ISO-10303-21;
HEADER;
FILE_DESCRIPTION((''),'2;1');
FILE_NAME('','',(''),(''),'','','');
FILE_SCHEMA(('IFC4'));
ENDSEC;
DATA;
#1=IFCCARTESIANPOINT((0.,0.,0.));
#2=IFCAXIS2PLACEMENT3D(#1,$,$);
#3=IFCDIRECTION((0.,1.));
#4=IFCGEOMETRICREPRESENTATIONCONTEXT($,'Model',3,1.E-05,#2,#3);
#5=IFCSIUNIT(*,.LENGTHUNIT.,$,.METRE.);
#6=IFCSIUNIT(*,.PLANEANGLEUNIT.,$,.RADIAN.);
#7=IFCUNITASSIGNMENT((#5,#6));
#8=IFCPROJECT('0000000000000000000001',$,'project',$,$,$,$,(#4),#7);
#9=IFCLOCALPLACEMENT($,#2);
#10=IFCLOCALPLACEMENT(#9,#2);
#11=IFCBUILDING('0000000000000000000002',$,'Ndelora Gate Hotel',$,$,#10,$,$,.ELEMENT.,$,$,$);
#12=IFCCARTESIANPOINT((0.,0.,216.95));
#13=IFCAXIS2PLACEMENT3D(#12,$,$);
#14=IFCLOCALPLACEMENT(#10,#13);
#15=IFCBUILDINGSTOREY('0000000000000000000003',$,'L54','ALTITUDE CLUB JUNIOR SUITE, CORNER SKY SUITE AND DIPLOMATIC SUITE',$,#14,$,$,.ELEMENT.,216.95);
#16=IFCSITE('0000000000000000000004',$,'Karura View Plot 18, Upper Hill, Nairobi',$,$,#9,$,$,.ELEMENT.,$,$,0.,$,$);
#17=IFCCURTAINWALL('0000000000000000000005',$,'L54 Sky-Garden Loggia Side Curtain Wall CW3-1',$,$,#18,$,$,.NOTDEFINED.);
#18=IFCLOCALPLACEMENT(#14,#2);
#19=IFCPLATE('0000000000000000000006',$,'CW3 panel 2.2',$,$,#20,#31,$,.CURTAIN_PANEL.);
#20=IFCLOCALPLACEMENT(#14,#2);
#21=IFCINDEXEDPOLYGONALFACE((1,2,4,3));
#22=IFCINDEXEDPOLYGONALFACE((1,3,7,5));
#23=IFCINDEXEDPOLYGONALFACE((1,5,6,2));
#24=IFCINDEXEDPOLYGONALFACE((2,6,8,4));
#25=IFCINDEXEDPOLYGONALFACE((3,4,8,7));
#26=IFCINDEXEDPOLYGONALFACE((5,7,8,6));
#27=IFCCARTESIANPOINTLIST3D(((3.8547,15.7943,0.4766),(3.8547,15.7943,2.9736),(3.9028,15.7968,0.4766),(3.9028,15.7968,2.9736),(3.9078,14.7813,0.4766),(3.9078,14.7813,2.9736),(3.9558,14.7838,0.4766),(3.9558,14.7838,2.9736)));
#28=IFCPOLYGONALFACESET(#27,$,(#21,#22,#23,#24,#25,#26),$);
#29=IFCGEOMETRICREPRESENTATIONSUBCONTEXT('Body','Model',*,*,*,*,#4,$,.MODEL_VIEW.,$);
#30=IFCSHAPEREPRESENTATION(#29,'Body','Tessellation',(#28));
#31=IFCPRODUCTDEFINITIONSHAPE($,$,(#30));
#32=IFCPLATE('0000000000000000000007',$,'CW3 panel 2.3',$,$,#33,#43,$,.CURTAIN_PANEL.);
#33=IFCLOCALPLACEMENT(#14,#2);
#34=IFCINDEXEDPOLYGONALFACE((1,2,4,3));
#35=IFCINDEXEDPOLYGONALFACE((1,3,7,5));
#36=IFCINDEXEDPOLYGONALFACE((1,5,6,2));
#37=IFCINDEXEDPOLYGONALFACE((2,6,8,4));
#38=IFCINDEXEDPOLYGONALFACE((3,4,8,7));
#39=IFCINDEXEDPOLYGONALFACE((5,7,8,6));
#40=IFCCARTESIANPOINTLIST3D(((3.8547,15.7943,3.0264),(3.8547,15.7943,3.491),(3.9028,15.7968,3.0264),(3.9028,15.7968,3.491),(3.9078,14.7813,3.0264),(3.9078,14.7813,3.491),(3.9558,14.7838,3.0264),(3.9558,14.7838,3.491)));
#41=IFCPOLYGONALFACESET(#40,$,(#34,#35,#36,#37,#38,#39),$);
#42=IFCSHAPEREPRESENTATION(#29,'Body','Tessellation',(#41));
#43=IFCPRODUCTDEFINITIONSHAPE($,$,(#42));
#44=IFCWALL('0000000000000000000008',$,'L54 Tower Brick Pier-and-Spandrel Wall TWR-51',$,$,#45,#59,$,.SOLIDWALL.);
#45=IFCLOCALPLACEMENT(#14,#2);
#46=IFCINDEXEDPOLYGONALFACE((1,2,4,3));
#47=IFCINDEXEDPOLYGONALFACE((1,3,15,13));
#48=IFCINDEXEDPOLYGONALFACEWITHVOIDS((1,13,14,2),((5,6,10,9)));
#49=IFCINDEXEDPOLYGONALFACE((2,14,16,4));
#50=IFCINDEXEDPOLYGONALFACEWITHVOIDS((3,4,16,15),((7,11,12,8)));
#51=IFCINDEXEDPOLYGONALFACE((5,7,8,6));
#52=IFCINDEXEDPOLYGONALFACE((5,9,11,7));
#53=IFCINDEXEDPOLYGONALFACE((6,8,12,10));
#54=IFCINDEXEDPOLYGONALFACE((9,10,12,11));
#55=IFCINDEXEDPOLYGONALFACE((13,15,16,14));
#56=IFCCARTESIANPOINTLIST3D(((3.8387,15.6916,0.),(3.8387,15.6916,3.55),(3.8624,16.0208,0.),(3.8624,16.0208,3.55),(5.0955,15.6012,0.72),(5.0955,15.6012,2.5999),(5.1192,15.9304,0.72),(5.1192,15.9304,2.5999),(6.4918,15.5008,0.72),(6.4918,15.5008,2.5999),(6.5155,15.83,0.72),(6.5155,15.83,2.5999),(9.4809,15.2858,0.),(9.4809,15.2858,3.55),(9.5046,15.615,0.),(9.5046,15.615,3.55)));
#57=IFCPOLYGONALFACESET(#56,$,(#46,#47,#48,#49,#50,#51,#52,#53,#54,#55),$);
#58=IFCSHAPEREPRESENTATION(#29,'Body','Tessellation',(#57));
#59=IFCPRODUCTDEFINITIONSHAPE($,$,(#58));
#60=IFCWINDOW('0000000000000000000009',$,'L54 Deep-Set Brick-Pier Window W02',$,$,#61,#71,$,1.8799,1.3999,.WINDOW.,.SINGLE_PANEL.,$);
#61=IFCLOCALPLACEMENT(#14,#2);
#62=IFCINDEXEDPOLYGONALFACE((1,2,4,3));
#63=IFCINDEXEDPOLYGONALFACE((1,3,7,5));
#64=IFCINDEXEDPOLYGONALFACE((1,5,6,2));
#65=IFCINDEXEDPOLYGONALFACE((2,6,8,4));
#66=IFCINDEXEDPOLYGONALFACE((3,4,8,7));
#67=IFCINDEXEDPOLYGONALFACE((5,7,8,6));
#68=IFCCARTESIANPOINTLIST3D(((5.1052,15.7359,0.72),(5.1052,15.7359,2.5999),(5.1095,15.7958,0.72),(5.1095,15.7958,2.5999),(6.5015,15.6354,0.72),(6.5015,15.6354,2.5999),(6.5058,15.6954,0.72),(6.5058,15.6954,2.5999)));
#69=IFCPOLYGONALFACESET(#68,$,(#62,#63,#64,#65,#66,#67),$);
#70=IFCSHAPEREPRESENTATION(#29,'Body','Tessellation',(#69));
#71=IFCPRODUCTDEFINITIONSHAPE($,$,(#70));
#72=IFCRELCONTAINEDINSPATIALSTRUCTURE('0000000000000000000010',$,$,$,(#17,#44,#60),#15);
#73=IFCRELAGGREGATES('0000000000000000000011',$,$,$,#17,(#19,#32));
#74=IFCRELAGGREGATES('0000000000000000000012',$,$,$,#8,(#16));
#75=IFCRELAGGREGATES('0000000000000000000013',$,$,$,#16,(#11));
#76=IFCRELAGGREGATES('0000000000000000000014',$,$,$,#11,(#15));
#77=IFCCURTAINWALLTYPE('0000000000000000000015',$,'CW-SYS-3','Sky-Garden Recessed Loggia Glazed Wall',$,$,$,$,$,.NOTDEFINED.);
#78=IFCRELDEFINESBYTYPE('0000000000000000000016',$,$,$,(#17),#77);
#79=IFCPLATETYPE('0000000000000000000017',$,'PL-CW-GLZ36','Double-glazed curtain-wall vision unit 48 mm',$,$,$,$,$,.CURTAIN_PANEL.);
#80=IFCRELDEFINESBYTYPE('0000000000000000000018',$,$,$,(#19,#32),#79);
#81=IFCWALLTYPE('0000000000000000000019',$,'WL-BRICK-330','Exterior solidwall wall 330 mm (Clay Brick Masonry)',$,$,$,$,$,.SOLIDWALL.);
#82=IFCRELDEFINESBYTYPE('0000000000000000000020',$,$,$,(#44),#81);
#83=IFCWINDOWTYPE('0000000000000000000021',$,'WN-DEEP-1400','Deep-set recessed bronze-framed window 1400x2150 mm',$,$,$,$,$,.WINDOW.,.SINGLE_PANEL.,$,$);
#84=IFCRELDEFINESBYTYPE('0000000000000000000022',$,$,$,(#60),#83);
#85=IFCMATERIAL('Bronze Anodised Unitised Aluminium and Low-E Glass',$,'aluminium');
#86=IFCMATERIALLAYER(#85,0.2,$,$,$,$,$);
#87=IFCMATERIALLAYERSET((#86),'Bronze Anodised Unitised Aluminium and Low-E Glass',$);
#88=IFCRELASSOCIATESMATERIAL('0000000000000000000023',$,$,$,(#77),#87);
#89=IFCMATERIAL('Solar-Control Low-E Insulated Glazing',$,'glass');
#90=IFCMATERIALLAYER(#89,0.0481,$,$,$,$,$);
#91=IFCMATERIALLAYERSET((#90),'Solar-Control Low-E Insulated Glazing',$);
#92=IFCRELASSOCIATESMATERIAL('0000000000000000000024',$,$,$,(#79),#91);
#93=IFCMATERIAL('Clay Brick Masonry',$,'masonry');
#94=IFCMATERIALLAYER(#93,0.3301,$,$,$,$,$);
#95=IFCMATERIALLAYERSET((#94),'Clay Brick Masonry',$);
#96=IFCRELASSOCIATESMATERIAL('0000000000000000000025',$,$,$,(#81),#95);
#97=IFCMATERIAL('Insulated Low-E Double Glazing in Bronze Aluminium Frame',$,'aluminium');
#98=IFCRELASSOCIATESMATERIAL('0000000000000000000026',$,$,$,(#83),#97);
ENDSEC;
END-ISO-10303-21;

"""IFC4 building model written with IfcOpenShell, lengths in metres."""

from ifc_helpers import new_model, si_unit, direction, frame, frame_2d, origin, origin_2d, place, context, subcontext, project, spatial, rectangle, extrude, material, layer, layer_set, type_object, element, fill, aggregate, save


model = new_model("IFC4")

# Units and contexts
model_context = context("Model", 3, precision=1e-05, world=origin(), true_north=direction((0.0, 1.0)))
body_context = subcontext(model_context, "Body", "Model", "MODEL_VIEW")
ifc_project = project(units=[si_unit("LENGTHUNIT", "METRE"), si_unit("PLANEANGLEUNIT", "RADIAN")], contexts=[model_context])

# Site, building, storey
site_placement = place(None, origin())
site = spatial("IfcSite", under=ifc_project, at=site_placement, Name="Karura View Plot 18, Upper Hill, Nairobi", CompositionType="ELEMENT", RefElevation=0.0)
building_placement = place(site_placement, origin())
building = spatial("IfcBuilding", under=site, at=building_placement, Name="Ndelora Gate Hotel", CompositionType="ELEMENT")
storey_placement = place(building_placement, frame((0.0, 0.0, 216.95)))
storey = spatial("IfcBuildingStorey", under=building, at=storey_placement, Name="L54", Description="ALTITUDE CLUB JUNIOR SUITE, CORNER SKY SUITE AND DIPLOMATIC SUITE", CompositionType="ELEMENT", Elevation=216.95)

# Curtain wall, plates
ifc_material_1 = material(Name="Bronze Anodised Unitised Aluminium and Low-E Glass", Category="aluminium")
ifc_layer_1 = layer(ifc_material_1, 0.2)
ifc_layer_set_1 = layer_set([ifc_layer_1], Name="Bronze Anodised Unitised Aluminium and Low-E Glass")
curtain_wall_type = type_object("IfcCurtainWallType", Name="CW-SYS-3", Description="Sky-Garden Recessed Loggia Glazed Wall", PredefinedType="NOTDEFINED", material=ifc_layer_set_1)
curtain_wall_placement = place(storey_placement, origin())
curtain_wall = element("IfcCurtainWall", 1, at=curtain_wall_placement, inside=storey, type_object=curtain_wall_type, Name="L54 Sky-Garden Loggia Side Curtain Wall CW3-1", PredefinedType="NOTDEFINED")
ifc_material_2 = material(Name="Solar-Control Low-E Insulated Glazing", Category="glass")
ifc_layer_2 = layer(ifc_material_2, 0.0481)
ifc_layer_set_2 = layer_set([ifc_layer_2], Name="Solar-Control Low-E Insulated Glazing")
plate_type = type_object("IfcPlateType", Name="PL-CW-GLZ36", Description="Double-glazed curtain-wall vision unit 48 mm", PredefinedType="CURTAIN_PANEL", material=ifc_layer_set_2)
plate_1_placement = place(storey_placement, frame((3.9053, 15.2891, 0.4766), z_axis=(0.0, 0.0, 1.0), x_axis=(-0.052318, 0.99863, 0.0)))
plate_1 = element("IfcPlate", 2, at=plate_1_placement, type_object=plate_type, Name="CW3 panel 2.2", PredefinedType="CURTAIN_PANEL", context=body_context, shape_type="SweptSolid", body=[
    extrude(rectangle(XDim=1.0144, YDim=0.0481, at=origin_2d()), origin(), (0.0, 0.0, 1.0), 2.4971),
])
plate_2_placement = place(storey_placement, frame((3.9053, 15.2891, 3.0264), z_axis=(0.0, 0.0, 1.0), x_axis=(-0.052318, 0.99863, 0.0)))
plate_2 = element("IfcPlate", 3, at=plate_2_placement, type_object=plate_type, Name="CW3 panel 2.3", PredefinedType="CURTAIN_PANEL", context=body_context, shape_type="SweptSolid", body=[
    extrude(rectangle(XDim=1.0144, YDim=0.0481, at=origin_2d()), origin(), (0.0, 0.0, 1.0), 0.4646),
])
aggregate(curtain_wall, [plate_1, plate_2])

# Wall, opening, window
ifc_material_3 = material(Name="Clay Brick Masonry", Category="masonry")
ifc_layer_3 = layer(ifc_material_3, 0.3301)
ifc_layer_set_3 = layer_set([ifc_layer_3], Name="Clay Brick Masonry")
wall_type = type_object("IfcWallType", Name="WL-BRICK-330", Description="Exterior solidwall wall 330 mm (Clay Brick Masonry)", PredefinedType="SOLIDWALL", material=ifc_layer_set_3)
wall_placement = place(storey_placement, frame((3.8506, 15.8562, 0.0), z_axis=(0.0, 0.0, 1.0), x_axis=(0.997424, -0.071732, 0.0)))
wall = element("IfcWall", 4, at=wall_placement, inside=storey, type_object=wall_type, Name="L54 Tower Brick Pier-and-Spandrel Wall TWR-51", PredefinedType="SOLIDWALL", context=body_context, shape_type="SweptSolid", body=[
    extrude(rectangle(XDim=5.6567, YDim=0.3301, at=frame_2d((2.8284, 0.0))), origin(), (0.0, 0.0, 1.0), 3.55),
])
opening_placement = place(wall_placement, frame((1.26, 0.0, 0.72)))
opening = element("IfcOpeningElement", 5, at=opening_placement, cuts=wall, PredefinedType="OPENING", context=body_context, shape_type="SweptSolid", body=[
    extrude(rectangle(XDim=1.3999, YDim=1.8799, at=frame_2d((0.7, 0.9399))), frame((0.0, 0.175, 0.0), z_axis=(0.0, -1.0, 0.0), x_axis=(1.0, 0.0, 0.0)), (0.0, 0.0, 1.0), 0.3501),
])
ifc_material_4 = material(Name="Insulated Low-E Double Glazing in Bronze Aluminium Frame", Category="aluminium")
window_type = type_object("IfcWindowType", Name="WN-DEEP-1400", Description="Deep-set recessed bronze-framed window 1400x2150 mm", PartitioningType="SINGLE_PANEL", PredefinedType="WINDOW", material=ifc_material_4)
window_placement = place(opening_placement, origin())
window = element("IfcWindow", 6, at=window_placement, inside=storey, type_object=window_type, Name="L54 Deep-Set Brick-Pier Window W02", OverallHeight=1.8799, OverallWidth=1.3999, PartitioningType="SINGLE_PANEL", PredefinedType="WINDOW", context=body_context, shape_type="SweptSolid", body=[
    extrude(rectangle(XDim=1.3999, YDim=1.8799, at=frame_2d((0.7, 0.9399))), frame((0.0, 0.03, 0.0), z_axis=(0.0, -1.0, 0.0), x_axis=(1.0, 0.0, 0.0)), (0.0, 0.0, 1.0), 0.0601),
])
fill(opening, window)

save(model, "model.ifc")
